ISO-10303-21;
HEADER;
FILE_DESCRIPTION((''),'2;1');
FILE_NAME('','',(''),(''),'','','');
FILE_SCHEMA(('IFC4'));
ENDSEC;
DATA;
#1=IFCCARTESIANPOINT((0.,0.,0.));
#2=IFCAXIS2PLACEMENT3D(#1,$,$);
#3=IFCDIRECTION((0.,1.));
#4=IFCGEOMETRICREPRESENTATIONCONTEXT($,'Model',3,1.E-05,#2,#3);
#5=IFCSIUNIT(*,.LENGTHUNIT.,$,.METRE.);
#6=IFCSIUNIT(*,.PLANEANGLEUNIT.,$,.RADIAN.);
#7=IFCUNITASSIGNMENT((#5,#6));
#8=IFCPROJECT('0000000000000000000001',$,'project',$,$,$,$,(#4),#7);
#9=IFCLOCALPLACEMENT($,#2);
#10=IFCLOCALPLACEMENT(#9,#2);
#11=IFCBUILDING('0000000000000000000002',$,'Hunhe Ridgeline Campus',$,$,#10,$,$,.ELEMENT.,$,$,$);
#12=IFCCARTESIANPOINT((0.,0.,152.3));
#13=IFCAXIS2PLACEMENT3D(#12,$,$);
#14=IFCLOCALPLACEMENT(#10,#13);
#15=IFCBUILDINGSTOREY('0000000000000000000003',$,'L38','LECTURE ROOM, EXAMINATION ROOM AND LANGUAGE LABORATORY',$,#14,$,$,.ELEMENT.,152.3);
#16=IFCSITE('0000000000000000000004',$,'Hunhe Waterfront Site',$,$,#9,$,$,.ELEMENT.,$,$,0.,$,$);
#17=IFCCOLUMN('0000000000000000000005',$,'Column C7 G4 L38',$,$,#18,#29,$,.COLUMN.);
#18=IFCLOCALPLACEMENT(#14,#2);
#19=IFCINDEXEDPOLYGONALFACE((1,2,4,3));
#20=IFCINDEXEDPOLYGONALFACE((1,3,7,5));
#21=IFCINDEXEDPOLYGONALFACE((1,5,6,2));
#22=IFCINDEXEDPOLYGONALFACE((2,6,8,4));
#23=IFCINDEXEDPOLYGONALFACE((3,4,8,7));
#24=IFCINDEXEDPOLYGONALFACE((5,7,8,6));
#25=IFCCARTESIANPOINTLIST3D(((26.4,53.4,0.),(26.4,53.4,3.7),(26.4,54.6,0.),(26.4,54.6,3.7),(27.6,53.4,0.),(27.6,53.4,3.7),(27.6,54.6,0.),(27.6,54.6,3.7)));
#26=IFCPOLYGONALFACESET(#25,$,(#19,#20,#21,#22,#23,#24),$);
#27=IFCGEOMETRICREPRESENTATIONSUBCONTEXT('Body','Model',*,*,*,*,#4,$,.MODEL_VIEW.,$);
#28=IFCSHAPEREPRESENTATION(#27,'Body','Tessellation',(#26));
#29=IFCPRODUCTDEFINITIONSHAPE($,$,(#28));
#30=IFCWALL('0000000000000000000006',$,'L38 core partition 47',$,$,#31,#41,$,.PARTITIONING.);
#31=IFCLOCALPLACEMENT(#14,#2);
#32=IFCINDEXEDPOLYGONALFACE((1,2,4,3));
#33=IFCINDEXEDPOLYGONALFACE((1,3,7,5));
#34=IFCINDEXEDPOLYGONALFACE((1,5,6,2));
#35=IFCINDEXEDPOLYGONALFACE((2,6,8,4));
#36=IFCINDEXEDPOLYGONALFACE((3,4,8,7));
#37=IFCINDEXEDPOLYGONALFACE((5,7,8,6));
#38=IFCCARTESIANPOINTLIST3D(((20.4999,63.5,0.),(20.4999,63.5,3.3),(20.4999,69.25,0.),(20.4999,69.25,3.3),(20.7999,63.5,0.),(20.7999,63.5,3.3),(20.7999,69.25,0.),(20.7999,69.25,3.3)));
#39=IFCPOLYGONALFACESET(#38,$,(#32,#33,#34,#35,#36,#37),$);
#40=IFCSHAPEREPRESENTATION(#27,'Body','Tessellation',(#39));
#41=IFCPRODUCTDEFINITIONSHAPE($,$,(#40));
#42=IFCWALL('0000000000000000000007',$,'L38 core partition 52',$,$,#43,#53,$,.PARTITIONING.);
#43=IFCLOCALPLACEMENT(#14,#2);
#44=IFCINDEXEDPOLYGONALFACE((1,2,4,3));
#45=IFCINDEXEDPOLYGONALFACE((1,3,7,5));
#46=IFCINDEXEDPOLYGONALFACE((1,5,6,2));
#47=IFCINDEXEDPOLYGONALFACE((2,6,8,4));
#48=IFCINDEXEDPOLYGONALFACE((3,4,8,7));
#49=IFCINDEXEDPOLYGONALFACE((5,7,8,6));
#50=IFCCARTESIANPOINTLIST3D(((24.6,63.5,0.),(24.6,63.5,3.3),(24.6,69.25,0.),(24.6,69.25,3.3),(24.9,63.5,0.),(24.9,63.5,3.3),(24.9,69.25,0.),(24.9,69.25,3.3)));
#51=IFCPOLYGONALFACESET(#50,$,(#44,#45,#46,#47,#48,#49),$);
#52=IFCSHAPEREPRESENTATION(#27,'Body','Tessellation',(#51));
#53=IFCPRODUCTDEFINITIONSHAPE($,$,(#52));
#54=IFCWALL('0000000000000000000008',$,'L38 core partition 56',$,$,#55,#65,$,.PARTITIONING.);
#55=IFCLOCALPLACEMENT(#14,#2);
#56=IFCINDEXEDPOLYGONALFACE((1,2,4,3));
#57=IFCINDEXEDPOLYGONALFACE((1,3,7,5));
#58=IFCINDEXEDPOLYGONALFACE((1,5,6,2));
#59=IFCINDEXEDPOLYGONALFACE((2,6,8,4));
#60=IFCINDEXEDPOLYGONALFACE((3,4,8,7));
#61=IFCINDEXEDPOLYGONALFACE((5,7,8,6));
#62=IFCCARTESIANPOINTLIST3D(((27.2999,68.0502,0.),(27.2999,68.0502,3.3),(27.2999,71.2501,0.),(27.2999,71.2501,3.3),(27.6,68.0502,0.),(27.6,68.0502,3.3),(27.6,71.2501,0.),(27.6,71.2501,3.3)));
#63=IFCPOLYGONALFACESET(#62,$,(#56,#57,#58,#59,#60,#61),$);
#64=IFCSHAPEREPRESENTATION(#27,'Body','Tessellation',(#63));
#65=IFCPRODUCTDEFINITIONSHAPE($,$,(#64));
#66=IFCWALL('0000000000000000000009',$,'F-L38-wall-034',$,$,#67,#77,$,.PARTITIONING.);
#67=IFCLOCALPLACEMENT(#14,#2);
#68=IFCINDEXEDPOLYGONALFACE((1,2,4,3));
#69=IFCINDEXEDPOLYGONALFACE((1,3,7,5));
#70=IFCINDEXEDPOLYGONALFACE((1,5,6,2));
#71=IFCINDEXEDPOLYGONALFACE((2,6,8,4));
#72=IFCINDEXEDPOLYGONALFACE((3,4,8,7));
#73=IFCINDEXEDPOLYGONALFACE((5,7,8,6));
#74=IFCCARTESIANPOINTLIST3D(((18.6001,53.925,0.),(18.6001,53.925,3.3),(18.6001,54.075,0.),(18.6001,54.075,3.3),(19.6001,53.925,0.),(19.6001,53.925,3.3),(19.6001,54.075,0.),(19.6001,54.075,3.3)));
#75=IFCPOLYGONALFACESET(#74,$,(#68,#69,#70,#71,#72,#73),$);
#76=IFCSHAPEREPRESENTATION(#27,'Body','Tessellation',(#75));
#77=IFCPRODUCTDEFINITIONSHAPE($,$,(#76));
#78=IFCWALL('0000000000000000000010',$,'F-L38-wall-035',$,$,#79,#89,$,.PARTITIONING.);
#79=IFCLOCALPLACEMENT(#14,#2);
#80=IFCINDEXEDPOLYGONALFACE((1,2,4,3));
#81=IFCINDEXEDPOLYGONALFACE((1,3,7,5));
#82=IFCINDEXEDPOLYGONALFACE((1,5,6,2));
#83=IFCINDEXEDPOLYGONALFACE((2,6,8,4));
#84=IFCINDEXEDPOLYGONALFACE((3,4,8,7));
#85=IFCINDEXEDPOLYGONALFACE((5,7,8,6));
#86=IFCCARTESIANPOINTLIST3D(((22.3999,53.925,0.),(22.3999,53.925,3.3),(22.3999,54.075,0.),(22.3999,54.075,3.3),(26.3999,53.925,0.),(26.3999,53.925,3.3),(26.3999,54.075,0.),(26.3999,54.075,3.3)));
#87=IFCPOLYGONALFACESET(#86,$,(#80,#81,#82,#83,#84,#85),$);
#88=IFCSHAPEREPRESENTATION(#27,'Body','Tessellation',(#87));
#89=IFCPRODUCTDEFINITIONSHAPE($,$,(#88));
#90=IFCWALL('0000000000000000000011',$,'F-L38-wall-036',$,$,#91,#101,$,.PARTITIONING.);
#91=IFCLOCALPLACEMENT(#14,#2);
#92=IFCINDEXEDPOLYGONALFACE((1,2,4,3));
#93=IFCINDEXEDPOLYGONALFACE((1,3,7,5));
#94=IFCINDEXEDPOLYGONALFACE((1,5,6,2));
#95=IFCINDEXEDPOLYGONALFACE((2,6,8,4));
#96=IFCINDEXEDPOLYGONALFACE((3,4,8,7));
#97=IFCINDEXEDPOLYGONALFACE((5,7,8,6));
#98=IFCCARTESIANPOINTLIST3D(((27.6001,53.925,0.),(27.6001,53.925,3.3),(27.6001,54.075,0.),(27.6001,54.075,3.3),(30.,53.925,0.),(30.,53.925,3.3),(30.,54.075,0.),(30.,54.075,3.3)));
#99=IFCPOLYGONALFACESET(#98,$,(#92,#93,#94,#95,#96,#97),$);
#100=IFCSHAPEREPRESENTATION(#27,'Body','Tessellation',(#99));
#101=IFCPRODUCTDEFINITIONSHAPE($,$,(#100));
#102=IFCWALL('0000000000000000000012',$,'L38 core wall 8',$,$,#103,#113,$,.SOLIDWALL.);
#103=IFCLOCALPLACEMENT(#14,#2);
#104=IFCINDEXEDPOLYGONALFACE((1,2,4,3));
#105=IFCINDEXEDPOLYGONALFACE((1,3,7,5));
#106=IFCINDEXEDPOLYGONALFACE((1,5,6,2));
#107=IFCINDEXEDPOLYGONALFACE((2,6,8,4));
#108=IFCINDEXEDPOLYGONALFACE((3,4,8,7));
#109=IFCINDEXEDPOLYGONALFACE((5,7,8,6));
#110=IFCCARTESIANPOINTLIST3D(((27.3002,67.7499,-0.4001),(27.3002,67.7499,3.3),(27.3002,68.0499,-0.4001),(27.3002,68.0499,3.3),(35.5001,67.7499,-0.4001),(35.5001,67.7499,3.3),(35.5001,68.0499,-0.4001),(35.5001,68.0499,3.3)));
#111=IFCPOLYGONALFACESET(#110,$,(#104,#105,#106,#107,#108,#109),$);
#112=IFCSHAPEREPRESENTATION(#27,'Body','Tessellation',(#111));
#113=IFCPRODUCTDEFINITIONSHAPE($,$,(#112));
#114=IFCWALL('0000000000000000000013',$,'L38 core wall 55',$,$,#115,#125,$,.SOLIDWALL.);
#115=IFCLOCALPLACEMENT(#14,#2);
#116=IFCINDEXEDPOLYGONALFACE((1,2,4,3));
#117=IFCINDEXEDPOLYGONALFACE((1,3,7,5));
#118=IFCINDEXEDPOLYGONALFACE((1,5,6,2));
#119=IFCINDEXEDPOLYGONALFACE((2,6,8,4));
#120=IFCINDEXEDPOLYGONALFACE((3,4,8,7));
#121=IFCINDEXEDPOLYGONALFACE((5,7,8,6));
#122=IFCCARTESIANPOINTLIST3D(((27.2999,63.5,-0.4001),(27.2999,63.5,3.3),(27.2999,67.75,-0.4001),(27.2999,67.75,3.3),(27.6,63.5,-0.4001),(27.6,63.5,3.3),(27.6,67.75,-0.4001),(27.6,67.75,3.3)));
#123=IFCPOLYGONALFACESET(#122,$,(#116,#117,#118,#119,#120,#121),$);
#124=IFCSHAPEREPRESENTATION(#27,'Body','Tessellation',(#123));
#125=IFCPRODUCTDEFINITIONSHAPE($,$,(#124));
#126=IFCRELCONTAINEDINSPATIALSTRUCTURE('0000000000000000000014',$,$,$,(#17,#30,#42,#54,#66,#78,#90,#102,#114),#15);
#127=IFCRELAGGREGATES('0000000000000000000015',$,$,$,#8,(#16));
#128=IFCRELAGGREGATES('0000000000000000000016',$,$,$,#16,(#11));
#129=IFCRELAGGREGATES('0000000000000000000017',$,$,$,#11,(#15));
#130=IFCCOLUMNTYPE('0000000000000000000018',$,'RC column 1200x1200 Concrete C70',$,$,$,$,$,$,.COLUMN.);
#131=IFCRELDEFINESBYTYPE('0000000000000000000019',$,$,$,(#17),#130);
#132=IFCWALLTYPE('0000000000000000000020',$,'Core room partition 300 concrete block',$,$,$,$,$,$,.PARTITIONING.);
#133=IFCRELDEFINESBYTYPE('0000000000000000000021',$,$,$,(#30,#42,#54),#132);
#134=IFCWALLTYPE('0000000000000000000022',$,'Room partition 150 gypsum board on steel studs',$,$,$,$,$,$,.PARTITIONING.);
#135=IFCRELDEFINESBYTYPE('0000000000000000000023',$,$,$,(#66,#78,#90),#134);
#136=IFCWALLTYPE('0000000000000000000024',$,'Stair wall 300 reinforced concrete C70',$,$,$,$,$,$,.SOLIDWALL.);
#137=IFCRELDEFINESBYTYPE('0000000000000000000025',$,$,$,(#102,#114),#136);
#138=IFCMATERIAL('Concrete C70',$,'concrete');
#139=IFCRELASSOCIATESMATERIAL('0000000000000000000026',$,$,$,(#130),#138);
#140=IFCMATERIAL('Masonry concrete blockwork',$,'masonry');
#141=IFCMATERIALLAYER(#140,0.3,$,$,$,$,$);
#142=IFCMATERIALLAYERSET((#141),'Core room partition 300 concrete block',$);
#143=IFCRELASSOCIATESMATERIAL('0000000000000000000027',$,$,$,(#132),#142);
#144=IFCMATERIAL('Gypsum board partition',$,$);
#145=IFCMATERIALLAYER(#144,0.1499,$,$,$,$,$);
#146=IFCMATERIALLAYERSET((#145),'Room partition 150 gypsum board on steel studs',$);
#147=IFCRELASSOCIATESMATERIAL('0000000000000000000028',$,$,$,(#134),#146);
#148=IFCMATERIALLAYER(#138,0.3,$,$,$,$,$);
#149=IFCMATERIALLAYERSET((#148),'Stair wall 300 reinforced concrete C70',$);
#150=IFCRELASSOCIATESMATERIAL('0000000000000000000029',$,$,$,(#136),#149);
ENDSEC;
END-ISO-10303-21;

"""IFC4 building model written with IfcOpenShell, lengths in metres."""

from ifc_helpers import new_model, si_unit, direction, frame, frame_2d, origin, origin_2d, place, context, subcontext, project, spatial, rectangle, extrude, material, layer, layer_set, material_profile, profile_set, type_object, element, save


model = new_model("IFC4")

# Units and contexts
model_context = context("Model", 3, precision=1e-05, world=origin(), true_north=direction((0.0, 1.0)))
body_context = subcontext(model_context, "Body", "Model", "MODEL_VIEW")
ifc_project = project(units=[si_unit("LENGTHUNIT", "METRE"), si_unit("PLANEANGLEUNIT", "RADIAN")], contexts=[model_context])

# Site, building, storey
site_placement = place(None, origin())
site = spatial("IfcSite", under=ifc_project, at=site_placement, Name="Hunhe Waterfront Site", CompositionType="ELEMENT", RefElevation=0.0)
building_placement = place(site_placement, origin())
building = spatial("IfcBuilding", under=site, at=building_placement, Name="Hunhe Ridgeline Campus", CompositionType="ELEMENT")
storey_placement = place(building_placement, frame((0.0, 0.0, 152.3)))
storey = spatial("IfcBuildingStorey", under=building, at=storey_placement, Name="L38", Description="LECTURE ROOM, EXAMINATION ROOM AND LANGUAGE LABORATORY", CompositionType="ELEMENT", Elevation=152.3)

# Column
ifc_material_1 = material(Name="Concrete C70", Category="concrete")
ifc_material_profile = material_profile(ifc_material_1, rectangle(XDim=1.2, YDim=1.2, at=origin_2d()))
ifc_profile_set = profile_set([ifc_material_profile], Name="Concrete C70")
column_type = type_object("IfcColumnType", Name="RC column 1200x1200 Concrete C70", PredefinedType="COLUMN", material=ifc_profile_set)
column_placement = place(storey_placement, frame((27.0, 54.0, 0.0), z_axis=(0.0, 0.0, 1.0), x_axis=(1.0, 0.0, 0.0)))
element("IfcColumn", 1, at=column_placement, inside=storey, type_object=column_type, Name="Column C7 G4 L38", PredefinedType="COLUMN", context=body_context, shape_type="SweptSolid", body=[
    extrude(rectangle(XDim=1.2, YDim=1.2, at=origin_2d()), origin(), (0.0, 0.0, 1.0), 3.7),
])

# Walls
ifc_material_2 = material(Name="Masonry concrete blockwork", Category="masonry")
ifc_layer_1 = layer(ifc_material_2, 0.3)
ifc_layer_set_1 = layer_set([ifc_layer_1], Name="Core room partition 300 concrete block")
wall_type_1 = type_object("IfcWallType", Name="Core room partition 300 concrete block", PredefinedType="PARTITIONING", material=ifc_layer_set_1)
for number, where, z_axis, x_axis, name in (
    (2, (20.6499, 63.5, 0.0), (0.0, 0.0, 1.0), (0.0, 1.0, 0.0), "L38 core partition 47"),
    (3, (24.75, 63.5, 0.0), (0.0, 0.0, 1.0), (0.0, 1.0, 0.0), "L38 core partition 52"),
):
    element("IfcWall", number, at=place(storey_placement, frame(where, z_axis=z_axis, x_axis=x_axis)), inside=storey, type_object=wall_type_1, Name=name, PredefinedType="PARTITIONING", context=body_context, shape_type="SweptSolid", body=[
        extrude(rectangle(XDim=5.75, YDim=0.3, at=frame_2d((2.875, 0.0))), origin(), (0.0, 0.0, 1.0), 3.3),
    ])
wall_1_placement = place(storey_placement, frame((27.45, 68.05, 0.0), z_axis=(0.0, 0.0, 1.0), x_axis=(0.0, 1.0, 0.0)))
element("IfcWall", 4, at=wall_1_placement, inside=storey, type_object=wall_type_1, Name="L38 core partition 56", PredefinedType="PARTITIONING", context=body_context, shape_type="SweptSolid", body=[
    extrude(rectangle(XDim=3.2, YDim=0.3, at=frame_2d((1.6001, 0.0))), origin(), (0.0, 0.0, 1.0), 3.3),
])

# Shared definitions
ifc_material_3 = material(Name="Gypsum board partition")

# Walls
ifc_layer_2 = layer(ifc_material_3, 0.1499)
ifc_layer_set_2 = layer_set([ifc_layer_2], Name="Room partition 150 gypsum board on steel studs")
wall_type_2 = type_object("IfcWallType", Name="Room partition 150 gypsum board on steel studs", PredefinedType="PARTITIONING", material=ifc_layer_set_2)
wall_2_placement = place(storey_placement, frame((18.6001, 54.0, 0.0), z_axis=(0.0, 0.0, 1.0), x_axis=(1.0, 0.0, 0.0)))
element("IfcWall", 5, at=wall_2_placement, inside=storey, type_object=wall_type_2, Name="F-L38-wall-034", PredefinedType="PARTITIONING", context=body_context, shape_type="SweptSolid", body=[
    extrude(rectangle(XDim=1.0, YDim=0.1499, at=frame_2d((0.5, 0.0))), origin(), (0.0, 0.0, 1.0), 3.3),
])
wall_3_placement = place(storey_placement, frame((22.3999, 54.0, 0.0), z_axis=(0.0, 0.0, 1.0), x_axis=(1.0, 0.0, 0.0)))
element("IfcWall", 6, at=wall_3_placement, inside=storey, type_object=wall_type_2, Name="F-L38-wall-035", PredefinedType="PARTITIONING", context=body_context, shape_type="SweptSolid", body=[
    extrude(rectangle(XDim=4.0, YDim=0.1499, at=frame_2d((2.0, 0.0))), origin(), (0.0, 0.0, 1.0), 3.3),
])
wall_4_placement = place(storey_placement, frame((27.6001, 54.0, 0.0), z_axis=(0.0, 0.0, 1.0), x_axis=(1.0, 0.0, 0.0)))
element("IfcWall", 7, at=wall_4_placement, inside=storey, type_object=wall_type_2, Name="F-L38-wall-036", PredefinedType="PARTITIONING", context=body_context, shape_type="SweptSolid", body=[
    extrude(rectangle(XDim=2.3999, YDim=0.1499, at=frame_2d((1.2, 0.0))), origin(), (0.0, 0.0, 1.0), 3.3),
])
ifc_layer_3 = layer(ifc_material_1, 0.3)
ifc_layer_set_3 = layer_set([ifc_layer_3], Name="Stair wall 300 reinforced concrete C70")
wall_type_3 = type_object("IfcWallType", Name="Stair wall 300 reinforced concrete C70", PredefinedType="SOLIDWALL", material=ifc_layer_set_3)
wall_5_placement = place(storey_placement, frame((27.3, 67.8999, -0.4001), z_axis=(0.0, 0.0, 1.0), x_axis=(1.0, 0.0, 0.0)))
element("IfcWall", 8, at=wall_5_placement, inside=storey, type_object=wall_type_3, Name="L38 core wall 8", PredefinedType="SOLIDWALL", context=body_context, shape_type="SweptSolid", body=[
    extrude(rectangle(XDim=8.2, YDim=0.3, at=frame_2d((4.1001, 0.0))), origin(), (0.0, 0.0, 1.0), 3.7002),
])
wall_6_placement = place(storey_placement, frame((27.45, 63.5, -0.4001), z_axis=(0.0, 0.0, 1.0), x_axis=(0.0, 1.0, 0.0)))
element("IfcWall", 9, at=wall_6_placement, inside=storey, type_object=wall_type_3, Name="L38 core wall 55", PredefinedType="SOLIDWALL", context=body_context, shape_type="SweptSolid", body=[
    extrude(rectangle(XDim=4.25, YDim=0.3, at=frame_2d((2.125, 0.0))), origin(), (0.0, 0.0, 1.0), 3.7002),
])

save(model, "model.ifc")
